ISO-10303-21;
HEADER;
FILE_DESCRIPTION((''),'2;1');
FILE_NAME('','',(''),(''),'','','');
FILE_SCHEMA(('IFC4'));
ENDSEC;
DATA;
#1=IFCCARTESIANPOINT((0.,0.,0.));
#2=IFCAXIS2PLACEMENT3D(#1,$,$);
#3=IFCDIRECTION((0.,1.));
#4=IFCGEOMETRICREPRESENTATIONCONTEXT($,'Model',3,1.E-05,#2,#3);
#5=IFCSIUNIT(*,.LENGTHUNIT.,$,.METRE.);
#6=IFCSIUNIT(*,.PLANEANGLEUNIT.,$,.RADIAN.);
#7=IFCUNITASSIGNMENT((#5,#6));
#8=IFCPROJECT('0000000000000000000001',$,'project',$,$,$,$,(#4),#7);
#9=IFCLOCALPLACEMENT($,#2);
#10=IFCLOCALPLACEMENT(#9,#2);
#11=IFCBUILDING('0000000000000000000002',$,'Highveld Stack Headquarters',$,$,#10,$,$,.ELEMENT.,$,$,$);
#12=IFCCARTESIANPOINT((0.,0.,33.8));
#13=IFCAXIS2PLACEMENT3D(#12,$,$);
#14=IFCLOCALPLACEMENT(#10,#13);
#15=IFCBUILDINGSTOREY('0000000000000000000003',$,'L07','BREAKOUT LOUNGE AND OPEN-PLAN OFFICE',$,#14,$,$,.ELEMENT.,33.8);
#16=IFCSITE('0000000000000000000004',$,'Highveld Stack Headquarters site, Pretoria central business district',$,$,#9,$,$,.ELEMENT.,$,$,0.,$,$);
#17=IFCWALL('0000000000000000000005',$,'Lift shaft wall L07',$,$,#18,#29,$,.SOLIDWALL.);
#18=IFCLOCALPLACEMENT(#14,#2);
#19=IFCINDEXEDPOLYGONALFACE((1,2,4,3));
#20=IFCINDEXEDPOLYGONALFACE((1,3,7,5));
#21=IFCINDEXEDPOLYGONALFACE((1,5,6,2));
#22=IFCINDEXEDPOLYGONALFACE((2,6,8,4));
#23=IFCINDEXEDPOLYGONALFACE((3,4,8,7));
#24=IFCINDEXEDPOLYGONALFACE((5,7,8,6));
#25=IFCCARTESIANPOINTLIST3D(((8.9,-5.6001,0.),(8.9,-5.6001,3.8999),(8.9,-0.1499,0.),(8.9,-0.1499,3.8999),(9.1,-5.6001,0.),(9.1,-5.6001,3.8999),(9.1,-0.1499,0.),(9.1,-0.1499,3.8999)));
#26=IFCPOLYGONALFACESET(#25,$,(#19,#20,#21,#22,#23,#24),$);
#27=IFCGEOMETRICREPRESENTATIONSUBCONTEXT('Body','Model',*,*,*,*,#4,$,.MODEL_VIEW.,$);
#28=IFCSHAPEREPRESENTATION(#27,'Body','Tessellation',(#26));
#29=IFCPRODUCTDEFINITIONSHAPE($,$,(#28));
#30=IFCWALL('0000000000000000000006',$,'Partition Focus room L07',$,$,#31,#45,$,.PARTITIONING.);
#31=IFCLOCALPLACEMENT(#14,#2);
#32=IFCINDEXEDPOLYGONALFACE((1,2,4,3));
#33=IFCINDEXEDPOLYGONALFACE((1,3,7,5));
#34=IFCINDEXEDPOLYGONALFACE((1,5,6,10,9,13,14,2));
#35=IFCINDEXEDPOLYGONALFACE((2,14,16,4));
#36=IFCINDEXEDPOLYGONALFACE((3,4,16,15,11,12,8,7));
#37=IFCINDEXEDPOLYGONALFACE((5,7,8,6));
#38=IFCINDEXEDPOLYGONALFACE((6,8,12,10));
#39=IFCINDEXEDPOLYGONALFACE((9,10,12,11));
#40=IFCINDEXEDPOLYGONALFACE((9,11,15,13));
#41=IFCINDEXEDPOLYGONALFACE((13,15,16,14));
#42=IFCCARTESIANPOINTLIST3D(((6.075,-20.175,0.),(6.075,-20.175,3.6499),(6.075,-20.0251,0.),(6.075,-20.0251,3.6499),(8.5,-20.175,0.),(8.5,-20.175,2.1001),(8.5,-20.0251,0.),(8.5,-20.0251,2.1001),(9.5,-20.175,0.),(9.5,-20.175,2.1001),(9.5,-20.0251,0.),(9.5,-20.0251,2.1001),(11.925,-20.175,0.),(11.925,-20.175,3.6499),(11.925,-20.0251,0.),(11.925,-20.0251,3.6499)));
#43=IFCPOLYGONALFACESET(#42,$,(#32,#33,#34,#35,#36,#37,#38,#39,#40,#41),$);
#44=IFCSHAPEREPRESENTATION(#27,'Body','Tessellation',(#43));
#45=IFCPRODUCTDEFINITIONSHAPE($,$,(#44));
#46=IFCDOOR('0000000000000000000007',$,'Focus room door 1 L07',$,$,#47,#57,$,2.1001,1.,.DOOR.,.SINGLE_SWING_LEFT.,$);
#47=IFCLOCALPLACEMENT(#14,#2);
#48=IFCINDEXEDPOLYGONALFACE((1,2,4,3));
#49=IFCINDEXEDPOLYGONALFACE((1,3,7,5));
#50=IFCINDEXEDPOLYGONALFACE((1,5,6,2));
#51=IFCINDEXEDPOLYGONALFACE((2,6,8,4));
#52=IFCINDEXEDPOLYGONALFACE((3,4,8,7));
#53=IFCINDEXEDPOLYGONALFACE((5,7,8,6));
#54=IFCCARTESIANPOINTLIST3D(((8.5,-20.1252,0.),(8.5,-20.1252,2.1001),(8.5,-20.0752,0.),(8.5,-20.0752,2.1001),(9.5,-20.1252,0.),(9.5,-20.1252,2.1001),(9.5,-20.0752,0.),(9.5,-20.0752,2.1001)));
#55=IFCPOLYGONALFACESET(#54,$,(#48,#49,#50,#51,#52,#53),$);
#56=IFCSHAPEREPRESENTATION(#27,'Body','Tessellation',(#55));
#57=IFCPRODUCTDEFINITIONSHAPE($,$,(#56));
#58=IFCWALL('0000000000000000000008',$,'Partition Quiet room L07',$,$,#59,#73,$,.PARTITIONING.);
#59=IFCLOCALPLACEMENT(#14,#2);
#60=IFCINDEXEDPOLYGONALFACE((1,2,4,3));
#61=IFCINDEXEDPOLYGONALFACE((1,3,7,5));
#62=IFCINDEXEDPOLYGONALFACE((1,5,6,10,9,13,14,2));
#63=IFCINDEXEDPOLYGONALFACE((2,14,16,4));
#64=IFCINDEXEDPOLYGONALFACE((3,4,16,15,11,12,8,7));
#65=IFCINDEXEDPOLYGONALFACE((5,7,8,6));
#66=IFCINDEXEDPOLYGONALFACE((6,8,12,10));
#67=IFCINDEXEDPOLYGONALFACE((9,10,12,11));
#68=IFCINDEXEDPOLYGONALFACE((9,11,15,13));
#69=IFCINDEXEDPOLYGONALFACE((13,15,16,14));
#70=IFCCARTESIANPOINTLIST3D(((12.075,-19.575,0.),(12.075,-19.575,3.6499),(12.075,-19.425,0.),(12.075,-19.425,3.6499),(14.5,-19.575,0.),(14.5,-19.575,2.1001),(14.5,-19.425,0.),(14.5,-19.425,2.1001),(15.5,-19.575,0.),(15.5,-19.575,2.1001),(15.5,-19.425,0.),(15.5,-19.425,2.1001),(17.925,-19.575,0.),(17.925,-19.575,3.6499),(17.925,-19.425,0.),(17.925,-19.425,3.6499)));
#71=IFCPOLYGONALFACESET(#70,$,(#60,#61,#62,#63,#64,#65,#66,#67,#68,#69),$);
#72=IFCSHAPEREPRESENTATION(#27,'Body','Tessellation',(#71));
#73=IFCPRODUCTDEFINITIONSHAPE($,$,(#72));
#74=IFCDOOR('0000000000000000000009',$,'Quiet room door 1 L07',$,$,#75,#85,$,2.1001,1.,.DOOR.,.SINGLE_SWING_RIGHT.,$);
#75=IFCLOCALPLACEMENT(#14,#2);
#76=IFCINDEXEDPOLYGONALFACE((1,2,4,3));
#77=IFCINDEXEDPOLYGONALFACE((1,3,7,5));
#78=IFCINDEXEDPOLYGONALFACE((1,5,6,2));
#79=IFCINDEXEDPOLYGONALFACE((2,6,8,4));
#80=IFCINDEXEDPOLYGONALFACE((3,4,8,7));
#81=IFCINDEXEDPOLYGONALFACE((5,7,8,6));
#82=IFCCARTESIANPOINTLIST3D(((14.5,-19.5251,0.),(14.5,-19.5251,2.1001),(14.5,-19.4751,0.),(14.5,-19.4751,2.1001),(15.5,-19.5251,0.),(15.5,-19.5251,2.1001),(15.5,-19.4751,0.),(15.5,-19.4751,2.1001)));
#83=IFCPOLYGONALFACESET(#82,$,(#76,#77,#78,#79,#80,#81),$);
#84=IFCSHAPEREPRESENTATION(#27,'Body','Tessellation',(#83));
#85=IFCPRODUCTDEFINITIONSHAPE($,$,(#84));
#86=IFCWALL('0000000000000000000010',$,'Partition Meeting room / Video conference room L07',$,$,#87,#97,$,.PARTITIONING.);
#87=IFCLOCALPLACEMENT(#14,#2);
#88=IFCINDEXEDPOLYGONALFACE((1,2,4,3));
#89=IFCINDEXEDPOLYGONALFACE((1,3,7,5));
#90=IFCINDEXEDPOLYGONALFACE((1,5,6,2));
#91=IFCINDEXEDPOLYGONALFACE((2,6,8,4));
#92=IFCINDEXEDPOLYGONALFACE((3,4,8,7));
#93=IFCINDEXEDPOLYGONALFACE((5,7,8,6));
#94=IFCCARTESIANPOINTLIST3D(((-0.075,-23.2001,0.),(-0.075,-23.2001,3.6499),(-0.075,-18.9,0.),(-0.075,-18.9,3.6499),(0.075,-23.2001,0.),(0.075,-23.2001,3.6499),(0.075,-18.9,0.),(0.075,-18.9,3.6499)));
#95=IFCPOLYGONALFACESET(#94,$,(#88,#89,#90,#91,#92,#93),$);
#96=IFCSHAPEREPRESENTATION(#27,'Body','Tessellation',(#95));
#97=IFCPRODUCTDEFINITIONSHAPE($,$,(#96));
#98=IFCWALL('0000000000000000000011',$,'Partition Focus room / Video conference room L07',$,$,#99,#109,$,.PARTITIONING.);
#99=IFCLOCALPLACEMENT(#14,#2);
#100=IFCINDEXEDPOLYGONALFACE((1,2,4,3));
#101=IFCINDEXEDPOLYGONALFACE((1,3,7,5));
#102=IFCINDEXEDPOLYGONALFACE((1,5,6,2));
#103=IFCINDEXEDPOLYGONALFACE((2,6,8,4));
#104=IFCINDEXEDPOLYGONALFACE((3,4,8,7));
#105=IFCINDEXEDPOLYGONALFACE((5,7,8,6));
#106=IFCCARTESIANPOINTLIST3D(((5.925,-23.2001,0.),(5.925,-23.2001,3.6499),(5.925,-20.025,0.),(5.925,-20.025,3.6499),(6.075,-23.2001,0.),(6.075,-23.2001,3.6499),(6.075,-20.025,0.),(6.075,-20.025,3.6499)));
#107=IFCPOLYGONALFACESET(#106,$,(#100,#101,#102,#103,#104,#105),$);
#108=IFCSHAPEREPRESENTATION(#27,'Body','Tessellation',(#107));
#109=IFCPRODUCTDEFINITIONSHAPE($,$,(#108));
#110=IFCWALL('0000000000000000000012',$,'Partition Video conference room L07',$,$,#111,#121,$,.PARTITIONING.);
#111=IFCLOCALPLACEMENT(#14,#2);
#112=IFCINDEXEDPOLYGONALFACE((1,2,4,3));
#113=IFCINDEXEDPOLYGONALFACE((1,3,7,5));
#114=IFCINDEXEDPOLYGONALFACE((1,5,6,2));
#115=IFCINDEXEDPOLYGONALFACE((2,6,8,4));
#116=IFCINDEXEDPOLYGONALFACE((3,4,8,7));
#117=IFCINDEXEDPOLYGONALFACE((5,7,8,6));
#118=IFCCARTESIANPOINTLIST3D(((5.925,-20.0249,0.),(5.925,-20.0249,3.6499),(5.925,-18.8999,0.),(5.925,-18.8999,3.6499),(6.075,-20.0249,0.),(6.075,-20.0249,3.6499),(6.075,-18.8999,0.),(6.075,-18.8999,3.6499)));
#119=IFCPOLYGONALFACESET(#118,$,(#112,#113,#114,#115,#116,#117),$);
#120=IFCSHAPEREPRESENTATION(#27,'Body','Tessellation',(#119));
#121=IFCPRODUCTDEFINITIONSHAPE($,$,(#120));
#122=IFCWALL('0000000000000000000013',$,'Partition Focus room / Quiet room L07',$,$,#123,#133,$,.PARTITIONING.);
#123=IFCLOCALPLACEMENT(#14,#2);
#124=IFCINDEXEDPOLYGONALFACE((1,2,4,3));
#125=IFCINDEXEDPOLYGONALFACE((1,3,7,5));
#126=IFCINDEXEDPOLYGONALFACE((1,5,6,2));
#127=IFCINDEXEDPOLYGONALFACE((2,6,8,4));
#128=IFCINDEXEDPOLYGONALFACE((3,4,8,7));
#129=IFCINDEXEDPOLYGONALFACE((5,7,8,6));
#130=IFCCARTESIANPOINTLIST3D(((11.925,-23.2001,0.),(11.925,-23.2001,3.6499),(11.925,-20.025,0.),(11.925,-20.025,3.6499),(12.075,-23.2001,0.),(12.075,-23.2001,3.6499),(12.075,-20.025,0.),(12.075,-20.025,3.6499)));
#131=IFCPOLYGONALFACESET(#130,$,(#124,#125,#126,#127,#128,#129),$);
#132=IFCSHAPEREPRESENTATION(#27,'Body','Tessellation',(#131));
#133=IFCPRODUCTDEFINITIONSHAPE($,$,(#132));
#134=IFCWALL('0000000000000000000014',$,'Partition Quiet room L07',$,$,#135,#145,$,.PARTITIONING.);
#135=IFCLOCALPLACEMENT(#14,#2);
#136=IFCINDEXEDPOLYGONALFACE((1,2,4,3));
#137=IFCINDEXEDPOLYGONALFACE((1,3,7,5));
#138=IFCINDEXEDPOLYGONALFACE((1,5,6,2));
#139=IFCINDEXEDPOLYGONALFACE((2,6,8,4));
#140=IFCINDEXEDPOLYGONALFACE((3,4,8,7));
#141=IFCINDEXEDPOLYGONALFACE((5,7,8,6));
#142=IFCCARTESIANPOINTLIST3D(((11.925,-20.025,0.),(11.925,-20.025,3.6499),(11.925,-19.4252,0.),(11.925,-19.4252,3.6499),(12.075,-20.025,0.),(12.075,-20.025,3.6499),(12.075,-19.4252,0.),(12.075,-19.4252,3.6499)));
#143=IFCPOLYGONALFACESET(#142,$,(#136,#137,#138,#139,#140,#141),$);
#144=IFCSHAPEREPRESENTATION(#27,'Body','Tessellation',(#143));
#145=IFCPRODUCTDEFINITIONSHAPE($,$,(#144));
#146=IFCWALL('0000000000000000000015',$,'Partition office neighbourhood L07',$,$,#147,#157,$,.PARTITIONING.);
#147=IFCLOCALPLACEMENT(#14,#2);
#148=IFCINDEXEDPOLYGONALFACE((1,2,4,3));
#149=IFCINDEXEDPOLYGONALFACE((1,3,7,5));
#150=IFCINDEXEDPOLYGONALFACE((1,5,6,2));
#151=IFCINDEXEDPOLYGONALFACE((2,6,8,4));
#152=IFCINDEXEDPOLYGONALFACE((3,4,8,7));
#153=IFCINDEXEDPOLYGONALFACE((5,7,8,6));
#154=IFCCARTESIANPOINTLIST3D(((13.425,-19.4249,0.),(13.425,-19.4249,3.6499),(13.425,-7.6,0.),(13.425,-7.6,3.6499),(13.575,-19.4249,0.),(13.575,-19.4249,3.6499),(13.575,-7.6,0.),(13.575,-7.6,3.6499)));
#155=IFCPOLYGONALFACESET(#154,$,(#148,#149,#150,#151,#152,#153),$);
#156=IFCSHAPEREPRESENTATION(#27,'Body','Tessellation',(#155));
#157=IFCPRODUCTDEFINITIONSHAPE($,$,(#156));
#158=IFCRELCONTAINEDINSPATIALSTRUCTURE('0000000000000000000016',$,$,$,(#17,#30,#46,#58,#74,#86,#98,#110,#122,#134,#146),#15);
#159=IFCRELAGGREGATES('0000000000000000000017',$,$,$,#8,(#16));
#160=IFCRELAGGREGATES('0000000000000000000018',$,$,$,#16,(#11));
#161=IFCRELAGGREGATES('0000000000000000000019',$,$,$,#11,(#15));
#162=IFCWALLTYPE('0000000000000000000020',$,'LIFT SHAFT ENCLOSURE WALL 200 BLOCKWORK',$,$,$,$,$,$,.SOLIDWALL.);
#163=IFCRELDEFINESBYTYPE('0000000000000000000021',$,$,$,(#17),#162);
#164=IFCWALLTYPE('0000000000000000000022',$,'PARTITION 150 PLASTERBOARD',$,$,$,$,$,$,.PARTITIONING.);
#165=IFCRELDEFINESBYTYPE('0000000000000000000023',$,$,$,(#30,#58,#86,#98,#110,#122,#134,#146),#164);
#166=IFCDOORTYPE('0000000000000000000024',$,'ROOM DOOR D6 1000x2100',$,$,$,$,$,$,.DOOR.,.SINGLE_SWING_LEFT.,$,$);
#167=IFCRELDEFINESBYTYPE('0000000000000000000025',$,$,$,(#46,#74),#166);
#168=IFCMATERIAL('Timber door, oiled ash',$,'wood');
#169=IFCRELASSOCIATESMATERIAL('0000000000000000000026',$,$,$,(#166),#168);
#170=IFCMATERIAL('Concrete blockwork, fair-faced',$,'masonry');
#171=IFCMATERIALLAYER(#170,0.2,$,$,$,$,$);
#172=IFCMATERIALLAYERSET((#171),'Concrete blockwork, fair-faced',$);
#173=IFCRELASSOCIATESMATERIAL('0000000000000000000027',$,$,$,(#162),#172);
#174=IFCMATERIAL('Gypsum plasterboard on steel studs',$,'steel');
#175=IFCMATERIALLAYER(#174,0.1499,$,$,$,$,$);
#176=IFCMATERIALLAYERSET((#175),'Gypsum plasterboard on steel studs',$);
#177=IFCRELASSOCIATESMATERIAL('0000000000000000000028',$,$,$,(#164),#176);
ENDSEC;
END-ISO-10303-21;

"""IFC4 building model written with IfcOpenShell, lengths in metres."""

from ifc_helpers import new_model, si_unit, direction, frame, frame_2d, origin, place, context, subcontext, project, spatial, rectangle, extrude, material, layer, layer_set, type_object, element, fill, save


model = new_model("IFC4")

# Units and contexts
model_context = context("Model", 3, precision=1e-05, world=origin(), true_north=direction((0.0, 1.0)))
body_context = subcontext(model_context, "Body", "Model", "MODEL_VIEW")
ifc_project = project(units=[si_unit("LENGTHUNIT", "METRE"), si_unit("PLANEANGLEUNIT", "RADIAN")], contexts=[model_context])

# Site, building, storey
site_placement = place(None, origin())
site = spatial("IfcSite", under=ifc_project, at=site_placement, Name="Highveld Stack Headquarters site, Pretoria central business district", CompositionType="ELEMENT", RefElevation=0.0)
building_placement = place(site_placement, origin())
building = spatial("IfcBuilding", under=site, at=building_placement, Name="Highveld Stack Headquarters", CompositionType="ELEMENT")
storey_placement = place(building_placement, frame((0.0, 0.0, 33.8)))
storey = spatial("IfcBuildingStorey", under=building, at=storey_placement, Name="L07", Description="BREAKOUT LOUNGE AND OPEN-PLAN OFFICE", CompositionType="ELEMENT", Elevation=33.8)

# Shared definitions
ifc_material_1 = material(Name="Timber door, oiled ash", Category="wood")
door_type = type_object("IfcDoorType", Name="ROOM DOOR D6 1000x2100", OperationType="SINGLE_SWING_LEFT", PredefinedType="DOOR", material=ifc_material_1)

# Wall
ifc_material_2 = material(Name="Concrete blockwork, fair-faced", Category="masonry")
ifc_layer_1 = layer(ifc_material_2, 0.2)
ifc_layer_set_1 = layer_set([ifc_layer_1], Name="Concrete blockwork, fair-faced")
wall_type_1 = type_object("IfcWallType", Name="LIFT SHAFT ENCLOSURE WALL 200 BLOCKWORK", PredefinedType="SOLIDWALL", material=ifc_layer_set_1)
for number, where, z_axis, x_axis, name in (
    (1, (9.0, -5.6001, 0.0), (0.0, 0.0, 1.0), (0.0, 1.0, 0.0), "Lift shaft wall L07"),
):
    element("IfcWall", number, at=place(storey_placement, frame(where, z_axis=z_axis, x_axis=x_axis)), inside=storey, type_object=wall_type_1, Name=name, PredefinedType="SOLIDWALL", context=body_context, shape_type="SweptSolid", body=[
        extrude(rectangle(XDim=5.4502, YDim=0.2, at=frame_2d((2.7251, 0.0))), origin(), (0.0, 0.0, 1.0), 3.8999),
    ])

# Walls, openings, doors
ifc_material_3 = material(Name="Gypsum plasterboard on steel studs", Category="steel")
ifc_layer_2 = layer(ifc_material_3, 0.1499)
ifc_layer_set_2 = layer_set([ifc_layer_2], Name="Gypsum plasterboard on steel studs")
wall_type_2 = type_object("IfcWallType", Name="PARTITION 150 PLASTERBOARD", PredefinedType="PARTITIONING", material=ifc_layer_set_2)
wall_1_placement = place(storey_placement, frame((6.075, -20.1001, 0.0), z_axis=(0.0, 0.0, 1.0), x_axis=(1.0, 0.0, 0.0)))
wall_1 = element("IfcWall", 2, at=wall_1_placement, inside=storey, type_object=wall_type_2, Name="Partition Focus room L07", PredefinedType="PARTITIONING", context=body_context, shape_type="SweptSolid", body=[
    extrude(rectangle(XDim=5.8501, YDim=0.1499, at=frame_2d((2.925, 0.0))), origin(), (0.0, 0.0, 1.0), 3.6499),
])
opening_1_placement = place(wall_1_placement, frame((2.425, 0.0, 0.0)))
opening_1 = element("IfcOpeningElement", 3, at=opening_1_placement, cuts=wall_1, PredefinedType="OPENING", context=body_context, shape_type="SweptSolid", body=[
    extrude(rectangle(XDim=1.0, YDim=2.1001, at=frame_2d((0.5, 1.05))), frame((0.0, 0.085, 0.0), z_axis=(0.0, -1.0, 0.0), x_axis=(1.0, 0.0, 0.0)), (0.0, 0.0, 1.0), 0.1699),
])
door_1_placement = place(opening_1_placement, origin())
door_1 = element("IfcDoor", 4, at=door_1_placement, inside=storey, type_object=door_type, Name="Focus room door 1 L07", OperationType="SINGLE_SWING_LEFT", OverallHeight=2.1001, OverallWidth=1.0, PredefinedType="DOOR", context=body_context, shape_type="SweptSolid", body=[
    extrude(rectangle(XDim=1.0, YDim=2.1001, at=frame_2d((0.5, 1.05))), frame((0.0, 0.0249, 0.0), z_axis=(0.0, -1.0, 0.0), x_axis=(1.0, 0.0, 0.0)), (0.0, 0.0, 1.0), 0.05),
])
fill(opening_1, door_1)
wall_2_placement = place(storey_placement, frame((12.075, -19.5, 0.0), z_axis=(0.0, 0.0, 1.0), x_axis=(1.0, 0.0, 0.0)))
wall_2 = element("IfcWall", 5, at=wall_2_placement, inside=storey, type_object=wall_type_2, Name="Partition Quiet room L07", PredefinedType="PARTITIONING", context=body_context, shape_type="SweptSolid", body=[
    extrude(rectangle(XDim=5.8501, YDim=0.1499, at=frame_2d((2.925, 0.0))), origin(), (0.0, 0.0, 1.0), 3.6499),
])
opening_2_placement = place(wall_2_placement, frame((2.425, 0.0, 0.0)))
opening_2 = element("IfcOpeningElement", 6, at=opening_2_placement, cuts=wall_2, PredefinedType="OPENING", context=body_context, shape_type="SweptSolid", body=[
    extrude(rectangle(XDim=1.0, YDim=2.1001, at=frame_2d((0.5, 1.05))), frame((0.0, 0.085, 0.0), z_axis=(0.0, -1.0, 0.0), x_axis=(1.0, 0.0, 0.0)), (0.0, 0.0, 1.0), 0.1699),
])
door_2_placement = place(opening_2_placement, origin())
door_2 = element("IfcDoor", 7, at=door_2_placement, inside=storey, type_object=door_type, Name="Quiet room door 1 L07", OperationType="SINGLE_SWING_RIGHT", OverallHeight=2.1001, OverallWidth=1.0, PredefinedType="DOOR", context=body_context, shape_type="SweptSolid", body=[
    extrude(rectangle(XDim=1.0, YDim=2.1001, at=frame_2d((0.5, 1.05))), frame((0.0, 0.0249, 0.0), z_axis=(0.0, -1.0, 0.0), x_axis=(1.0, 0.0, 0.0)), (0.0, 0.0, 1.0), 0.05),
])
fill(opening_2, door_2)

# Walls
wall_3_placement = place(storey_placement, frame((0.0, -23.2, 0.0), z_axis=(0.0, 0.0, 1.0), x_axis=(0.0, 1.0, 0.0)))
element("IfcWall", 8, at=wall_3_placement, inside=storey, type_object=wall_type_2, Name="Partition Meeting room / Video conference room L07", PredefinedType="PARTITIONING", context=body_context, shape_type="SweptSolid", body=[
    extrude(rectangle(XDim=4.3, YDim=0.1499, at=frame_2d((2.1499, 0.0))), origin(), (0.0, 0.0, 1.0), 3.6499),
])
wall_4_placement = place(storey_placement, frame((6.0, -23.2, 0.0), z_axis=(0.0, 0.0, 1.0), x_axis=(0.0, 1.0, 0.0)))
element("IfcWall", 9, at=wall_4_placement, inside=storey, type_object=wall_type_2, Name="Partition Focus room / Video conference room L07", PredefinedType="PARTITIONING", context=body_context, shape_type="SweptSolid", body=[
    extrude(rectangle(XDim=3.175, YDim=0.1499, at=frame_2d((1.5874, 0.0))), origin(), (0.0, 0.0, 1.0), 3.6499),
])
wall_5_placement = place(storey_placement, frame((6.0, -20.0249, 0.0), z_axis=(0.0, 0.0, 1.0), x_axis=(0.0, 1.0, 0.0)))
element("IfcWall", 10, at=wall_5_placement, inside=storey, type_object=wall_type_2, Name="Partition Video conference room L07", PredefinedType="PARTITIONING", context=body_context, shape_type="SweptSolid", body=[
    extrude(rectangle(XDim=1.125, YDim=0.1499, at=frame_2d((0.5625, 0.0))), origin(), (0.0, 0.0, 1.0), 3.6499),
])
wall_6_placement = place(storey_placement, frame((12.0, -23.2, 0.0), z_axis=(0.0, 0.0, 1.0), x_axis=(0.0, 1.0, 0.0)))
element("IfcWall", 11, at=wall_6_placement, inside=storey, type_object=wall_type_2, Name="Partition Focus room / Quiet room L07", PredefinedType="PARTITIONING", context=body_context, shape_type="SweptSolid", body=[
    extrude(rectangle(XDim=3.175, YDim=0.1499, at=frame_2d((1.5874, 0.0))), origin(), (0.0, 0.0, 1.0), 3.6499),
])
wall_7_placement = place(storey_placement, frame((12.0, -20.0249, 0.0), z_axis=(0.0, 0.0, 1.0), x_axis=(0.0, 1.0, 0.0)))
element("IfcWall", 12, at=wall_7_placement, inside=storey, type_object=wall_type_2, Name="Partition Quiet room L07", PredefinedType="PARTITIONING", context=body_context, shape_type="SweptSolid", body=[
    extrude(rectangle(XDim=0.5999, YDim=0.1499, at=frame_2d((0.2998, 0.0))), origin(), (0.0, 0.0, 1.0), 3.6499),
])
wall_8_placement = place(storey_placement, frame((13.5, -19.425, 0.0), z_axis=(0.0, 0.0, 1.0), x_axis=(0.0, 1.0, 0.0)))
element("IfcWall", 13, at=wall_8_placement, inside=storey, type_object=wall_type_2, Name="Partition office neighbourhood L07", PredefinedType="PARTITIONING", context=body_context, shape_type="SweptSolid", body=[
    extrude(rectangle(XDim=11.825, YDim=0.1499, at=frame_2d((5.9126, 0.0))), origin(), (0.0, 0.0, 1.0), 3.6499),
])

save(model, "model.ifc")
